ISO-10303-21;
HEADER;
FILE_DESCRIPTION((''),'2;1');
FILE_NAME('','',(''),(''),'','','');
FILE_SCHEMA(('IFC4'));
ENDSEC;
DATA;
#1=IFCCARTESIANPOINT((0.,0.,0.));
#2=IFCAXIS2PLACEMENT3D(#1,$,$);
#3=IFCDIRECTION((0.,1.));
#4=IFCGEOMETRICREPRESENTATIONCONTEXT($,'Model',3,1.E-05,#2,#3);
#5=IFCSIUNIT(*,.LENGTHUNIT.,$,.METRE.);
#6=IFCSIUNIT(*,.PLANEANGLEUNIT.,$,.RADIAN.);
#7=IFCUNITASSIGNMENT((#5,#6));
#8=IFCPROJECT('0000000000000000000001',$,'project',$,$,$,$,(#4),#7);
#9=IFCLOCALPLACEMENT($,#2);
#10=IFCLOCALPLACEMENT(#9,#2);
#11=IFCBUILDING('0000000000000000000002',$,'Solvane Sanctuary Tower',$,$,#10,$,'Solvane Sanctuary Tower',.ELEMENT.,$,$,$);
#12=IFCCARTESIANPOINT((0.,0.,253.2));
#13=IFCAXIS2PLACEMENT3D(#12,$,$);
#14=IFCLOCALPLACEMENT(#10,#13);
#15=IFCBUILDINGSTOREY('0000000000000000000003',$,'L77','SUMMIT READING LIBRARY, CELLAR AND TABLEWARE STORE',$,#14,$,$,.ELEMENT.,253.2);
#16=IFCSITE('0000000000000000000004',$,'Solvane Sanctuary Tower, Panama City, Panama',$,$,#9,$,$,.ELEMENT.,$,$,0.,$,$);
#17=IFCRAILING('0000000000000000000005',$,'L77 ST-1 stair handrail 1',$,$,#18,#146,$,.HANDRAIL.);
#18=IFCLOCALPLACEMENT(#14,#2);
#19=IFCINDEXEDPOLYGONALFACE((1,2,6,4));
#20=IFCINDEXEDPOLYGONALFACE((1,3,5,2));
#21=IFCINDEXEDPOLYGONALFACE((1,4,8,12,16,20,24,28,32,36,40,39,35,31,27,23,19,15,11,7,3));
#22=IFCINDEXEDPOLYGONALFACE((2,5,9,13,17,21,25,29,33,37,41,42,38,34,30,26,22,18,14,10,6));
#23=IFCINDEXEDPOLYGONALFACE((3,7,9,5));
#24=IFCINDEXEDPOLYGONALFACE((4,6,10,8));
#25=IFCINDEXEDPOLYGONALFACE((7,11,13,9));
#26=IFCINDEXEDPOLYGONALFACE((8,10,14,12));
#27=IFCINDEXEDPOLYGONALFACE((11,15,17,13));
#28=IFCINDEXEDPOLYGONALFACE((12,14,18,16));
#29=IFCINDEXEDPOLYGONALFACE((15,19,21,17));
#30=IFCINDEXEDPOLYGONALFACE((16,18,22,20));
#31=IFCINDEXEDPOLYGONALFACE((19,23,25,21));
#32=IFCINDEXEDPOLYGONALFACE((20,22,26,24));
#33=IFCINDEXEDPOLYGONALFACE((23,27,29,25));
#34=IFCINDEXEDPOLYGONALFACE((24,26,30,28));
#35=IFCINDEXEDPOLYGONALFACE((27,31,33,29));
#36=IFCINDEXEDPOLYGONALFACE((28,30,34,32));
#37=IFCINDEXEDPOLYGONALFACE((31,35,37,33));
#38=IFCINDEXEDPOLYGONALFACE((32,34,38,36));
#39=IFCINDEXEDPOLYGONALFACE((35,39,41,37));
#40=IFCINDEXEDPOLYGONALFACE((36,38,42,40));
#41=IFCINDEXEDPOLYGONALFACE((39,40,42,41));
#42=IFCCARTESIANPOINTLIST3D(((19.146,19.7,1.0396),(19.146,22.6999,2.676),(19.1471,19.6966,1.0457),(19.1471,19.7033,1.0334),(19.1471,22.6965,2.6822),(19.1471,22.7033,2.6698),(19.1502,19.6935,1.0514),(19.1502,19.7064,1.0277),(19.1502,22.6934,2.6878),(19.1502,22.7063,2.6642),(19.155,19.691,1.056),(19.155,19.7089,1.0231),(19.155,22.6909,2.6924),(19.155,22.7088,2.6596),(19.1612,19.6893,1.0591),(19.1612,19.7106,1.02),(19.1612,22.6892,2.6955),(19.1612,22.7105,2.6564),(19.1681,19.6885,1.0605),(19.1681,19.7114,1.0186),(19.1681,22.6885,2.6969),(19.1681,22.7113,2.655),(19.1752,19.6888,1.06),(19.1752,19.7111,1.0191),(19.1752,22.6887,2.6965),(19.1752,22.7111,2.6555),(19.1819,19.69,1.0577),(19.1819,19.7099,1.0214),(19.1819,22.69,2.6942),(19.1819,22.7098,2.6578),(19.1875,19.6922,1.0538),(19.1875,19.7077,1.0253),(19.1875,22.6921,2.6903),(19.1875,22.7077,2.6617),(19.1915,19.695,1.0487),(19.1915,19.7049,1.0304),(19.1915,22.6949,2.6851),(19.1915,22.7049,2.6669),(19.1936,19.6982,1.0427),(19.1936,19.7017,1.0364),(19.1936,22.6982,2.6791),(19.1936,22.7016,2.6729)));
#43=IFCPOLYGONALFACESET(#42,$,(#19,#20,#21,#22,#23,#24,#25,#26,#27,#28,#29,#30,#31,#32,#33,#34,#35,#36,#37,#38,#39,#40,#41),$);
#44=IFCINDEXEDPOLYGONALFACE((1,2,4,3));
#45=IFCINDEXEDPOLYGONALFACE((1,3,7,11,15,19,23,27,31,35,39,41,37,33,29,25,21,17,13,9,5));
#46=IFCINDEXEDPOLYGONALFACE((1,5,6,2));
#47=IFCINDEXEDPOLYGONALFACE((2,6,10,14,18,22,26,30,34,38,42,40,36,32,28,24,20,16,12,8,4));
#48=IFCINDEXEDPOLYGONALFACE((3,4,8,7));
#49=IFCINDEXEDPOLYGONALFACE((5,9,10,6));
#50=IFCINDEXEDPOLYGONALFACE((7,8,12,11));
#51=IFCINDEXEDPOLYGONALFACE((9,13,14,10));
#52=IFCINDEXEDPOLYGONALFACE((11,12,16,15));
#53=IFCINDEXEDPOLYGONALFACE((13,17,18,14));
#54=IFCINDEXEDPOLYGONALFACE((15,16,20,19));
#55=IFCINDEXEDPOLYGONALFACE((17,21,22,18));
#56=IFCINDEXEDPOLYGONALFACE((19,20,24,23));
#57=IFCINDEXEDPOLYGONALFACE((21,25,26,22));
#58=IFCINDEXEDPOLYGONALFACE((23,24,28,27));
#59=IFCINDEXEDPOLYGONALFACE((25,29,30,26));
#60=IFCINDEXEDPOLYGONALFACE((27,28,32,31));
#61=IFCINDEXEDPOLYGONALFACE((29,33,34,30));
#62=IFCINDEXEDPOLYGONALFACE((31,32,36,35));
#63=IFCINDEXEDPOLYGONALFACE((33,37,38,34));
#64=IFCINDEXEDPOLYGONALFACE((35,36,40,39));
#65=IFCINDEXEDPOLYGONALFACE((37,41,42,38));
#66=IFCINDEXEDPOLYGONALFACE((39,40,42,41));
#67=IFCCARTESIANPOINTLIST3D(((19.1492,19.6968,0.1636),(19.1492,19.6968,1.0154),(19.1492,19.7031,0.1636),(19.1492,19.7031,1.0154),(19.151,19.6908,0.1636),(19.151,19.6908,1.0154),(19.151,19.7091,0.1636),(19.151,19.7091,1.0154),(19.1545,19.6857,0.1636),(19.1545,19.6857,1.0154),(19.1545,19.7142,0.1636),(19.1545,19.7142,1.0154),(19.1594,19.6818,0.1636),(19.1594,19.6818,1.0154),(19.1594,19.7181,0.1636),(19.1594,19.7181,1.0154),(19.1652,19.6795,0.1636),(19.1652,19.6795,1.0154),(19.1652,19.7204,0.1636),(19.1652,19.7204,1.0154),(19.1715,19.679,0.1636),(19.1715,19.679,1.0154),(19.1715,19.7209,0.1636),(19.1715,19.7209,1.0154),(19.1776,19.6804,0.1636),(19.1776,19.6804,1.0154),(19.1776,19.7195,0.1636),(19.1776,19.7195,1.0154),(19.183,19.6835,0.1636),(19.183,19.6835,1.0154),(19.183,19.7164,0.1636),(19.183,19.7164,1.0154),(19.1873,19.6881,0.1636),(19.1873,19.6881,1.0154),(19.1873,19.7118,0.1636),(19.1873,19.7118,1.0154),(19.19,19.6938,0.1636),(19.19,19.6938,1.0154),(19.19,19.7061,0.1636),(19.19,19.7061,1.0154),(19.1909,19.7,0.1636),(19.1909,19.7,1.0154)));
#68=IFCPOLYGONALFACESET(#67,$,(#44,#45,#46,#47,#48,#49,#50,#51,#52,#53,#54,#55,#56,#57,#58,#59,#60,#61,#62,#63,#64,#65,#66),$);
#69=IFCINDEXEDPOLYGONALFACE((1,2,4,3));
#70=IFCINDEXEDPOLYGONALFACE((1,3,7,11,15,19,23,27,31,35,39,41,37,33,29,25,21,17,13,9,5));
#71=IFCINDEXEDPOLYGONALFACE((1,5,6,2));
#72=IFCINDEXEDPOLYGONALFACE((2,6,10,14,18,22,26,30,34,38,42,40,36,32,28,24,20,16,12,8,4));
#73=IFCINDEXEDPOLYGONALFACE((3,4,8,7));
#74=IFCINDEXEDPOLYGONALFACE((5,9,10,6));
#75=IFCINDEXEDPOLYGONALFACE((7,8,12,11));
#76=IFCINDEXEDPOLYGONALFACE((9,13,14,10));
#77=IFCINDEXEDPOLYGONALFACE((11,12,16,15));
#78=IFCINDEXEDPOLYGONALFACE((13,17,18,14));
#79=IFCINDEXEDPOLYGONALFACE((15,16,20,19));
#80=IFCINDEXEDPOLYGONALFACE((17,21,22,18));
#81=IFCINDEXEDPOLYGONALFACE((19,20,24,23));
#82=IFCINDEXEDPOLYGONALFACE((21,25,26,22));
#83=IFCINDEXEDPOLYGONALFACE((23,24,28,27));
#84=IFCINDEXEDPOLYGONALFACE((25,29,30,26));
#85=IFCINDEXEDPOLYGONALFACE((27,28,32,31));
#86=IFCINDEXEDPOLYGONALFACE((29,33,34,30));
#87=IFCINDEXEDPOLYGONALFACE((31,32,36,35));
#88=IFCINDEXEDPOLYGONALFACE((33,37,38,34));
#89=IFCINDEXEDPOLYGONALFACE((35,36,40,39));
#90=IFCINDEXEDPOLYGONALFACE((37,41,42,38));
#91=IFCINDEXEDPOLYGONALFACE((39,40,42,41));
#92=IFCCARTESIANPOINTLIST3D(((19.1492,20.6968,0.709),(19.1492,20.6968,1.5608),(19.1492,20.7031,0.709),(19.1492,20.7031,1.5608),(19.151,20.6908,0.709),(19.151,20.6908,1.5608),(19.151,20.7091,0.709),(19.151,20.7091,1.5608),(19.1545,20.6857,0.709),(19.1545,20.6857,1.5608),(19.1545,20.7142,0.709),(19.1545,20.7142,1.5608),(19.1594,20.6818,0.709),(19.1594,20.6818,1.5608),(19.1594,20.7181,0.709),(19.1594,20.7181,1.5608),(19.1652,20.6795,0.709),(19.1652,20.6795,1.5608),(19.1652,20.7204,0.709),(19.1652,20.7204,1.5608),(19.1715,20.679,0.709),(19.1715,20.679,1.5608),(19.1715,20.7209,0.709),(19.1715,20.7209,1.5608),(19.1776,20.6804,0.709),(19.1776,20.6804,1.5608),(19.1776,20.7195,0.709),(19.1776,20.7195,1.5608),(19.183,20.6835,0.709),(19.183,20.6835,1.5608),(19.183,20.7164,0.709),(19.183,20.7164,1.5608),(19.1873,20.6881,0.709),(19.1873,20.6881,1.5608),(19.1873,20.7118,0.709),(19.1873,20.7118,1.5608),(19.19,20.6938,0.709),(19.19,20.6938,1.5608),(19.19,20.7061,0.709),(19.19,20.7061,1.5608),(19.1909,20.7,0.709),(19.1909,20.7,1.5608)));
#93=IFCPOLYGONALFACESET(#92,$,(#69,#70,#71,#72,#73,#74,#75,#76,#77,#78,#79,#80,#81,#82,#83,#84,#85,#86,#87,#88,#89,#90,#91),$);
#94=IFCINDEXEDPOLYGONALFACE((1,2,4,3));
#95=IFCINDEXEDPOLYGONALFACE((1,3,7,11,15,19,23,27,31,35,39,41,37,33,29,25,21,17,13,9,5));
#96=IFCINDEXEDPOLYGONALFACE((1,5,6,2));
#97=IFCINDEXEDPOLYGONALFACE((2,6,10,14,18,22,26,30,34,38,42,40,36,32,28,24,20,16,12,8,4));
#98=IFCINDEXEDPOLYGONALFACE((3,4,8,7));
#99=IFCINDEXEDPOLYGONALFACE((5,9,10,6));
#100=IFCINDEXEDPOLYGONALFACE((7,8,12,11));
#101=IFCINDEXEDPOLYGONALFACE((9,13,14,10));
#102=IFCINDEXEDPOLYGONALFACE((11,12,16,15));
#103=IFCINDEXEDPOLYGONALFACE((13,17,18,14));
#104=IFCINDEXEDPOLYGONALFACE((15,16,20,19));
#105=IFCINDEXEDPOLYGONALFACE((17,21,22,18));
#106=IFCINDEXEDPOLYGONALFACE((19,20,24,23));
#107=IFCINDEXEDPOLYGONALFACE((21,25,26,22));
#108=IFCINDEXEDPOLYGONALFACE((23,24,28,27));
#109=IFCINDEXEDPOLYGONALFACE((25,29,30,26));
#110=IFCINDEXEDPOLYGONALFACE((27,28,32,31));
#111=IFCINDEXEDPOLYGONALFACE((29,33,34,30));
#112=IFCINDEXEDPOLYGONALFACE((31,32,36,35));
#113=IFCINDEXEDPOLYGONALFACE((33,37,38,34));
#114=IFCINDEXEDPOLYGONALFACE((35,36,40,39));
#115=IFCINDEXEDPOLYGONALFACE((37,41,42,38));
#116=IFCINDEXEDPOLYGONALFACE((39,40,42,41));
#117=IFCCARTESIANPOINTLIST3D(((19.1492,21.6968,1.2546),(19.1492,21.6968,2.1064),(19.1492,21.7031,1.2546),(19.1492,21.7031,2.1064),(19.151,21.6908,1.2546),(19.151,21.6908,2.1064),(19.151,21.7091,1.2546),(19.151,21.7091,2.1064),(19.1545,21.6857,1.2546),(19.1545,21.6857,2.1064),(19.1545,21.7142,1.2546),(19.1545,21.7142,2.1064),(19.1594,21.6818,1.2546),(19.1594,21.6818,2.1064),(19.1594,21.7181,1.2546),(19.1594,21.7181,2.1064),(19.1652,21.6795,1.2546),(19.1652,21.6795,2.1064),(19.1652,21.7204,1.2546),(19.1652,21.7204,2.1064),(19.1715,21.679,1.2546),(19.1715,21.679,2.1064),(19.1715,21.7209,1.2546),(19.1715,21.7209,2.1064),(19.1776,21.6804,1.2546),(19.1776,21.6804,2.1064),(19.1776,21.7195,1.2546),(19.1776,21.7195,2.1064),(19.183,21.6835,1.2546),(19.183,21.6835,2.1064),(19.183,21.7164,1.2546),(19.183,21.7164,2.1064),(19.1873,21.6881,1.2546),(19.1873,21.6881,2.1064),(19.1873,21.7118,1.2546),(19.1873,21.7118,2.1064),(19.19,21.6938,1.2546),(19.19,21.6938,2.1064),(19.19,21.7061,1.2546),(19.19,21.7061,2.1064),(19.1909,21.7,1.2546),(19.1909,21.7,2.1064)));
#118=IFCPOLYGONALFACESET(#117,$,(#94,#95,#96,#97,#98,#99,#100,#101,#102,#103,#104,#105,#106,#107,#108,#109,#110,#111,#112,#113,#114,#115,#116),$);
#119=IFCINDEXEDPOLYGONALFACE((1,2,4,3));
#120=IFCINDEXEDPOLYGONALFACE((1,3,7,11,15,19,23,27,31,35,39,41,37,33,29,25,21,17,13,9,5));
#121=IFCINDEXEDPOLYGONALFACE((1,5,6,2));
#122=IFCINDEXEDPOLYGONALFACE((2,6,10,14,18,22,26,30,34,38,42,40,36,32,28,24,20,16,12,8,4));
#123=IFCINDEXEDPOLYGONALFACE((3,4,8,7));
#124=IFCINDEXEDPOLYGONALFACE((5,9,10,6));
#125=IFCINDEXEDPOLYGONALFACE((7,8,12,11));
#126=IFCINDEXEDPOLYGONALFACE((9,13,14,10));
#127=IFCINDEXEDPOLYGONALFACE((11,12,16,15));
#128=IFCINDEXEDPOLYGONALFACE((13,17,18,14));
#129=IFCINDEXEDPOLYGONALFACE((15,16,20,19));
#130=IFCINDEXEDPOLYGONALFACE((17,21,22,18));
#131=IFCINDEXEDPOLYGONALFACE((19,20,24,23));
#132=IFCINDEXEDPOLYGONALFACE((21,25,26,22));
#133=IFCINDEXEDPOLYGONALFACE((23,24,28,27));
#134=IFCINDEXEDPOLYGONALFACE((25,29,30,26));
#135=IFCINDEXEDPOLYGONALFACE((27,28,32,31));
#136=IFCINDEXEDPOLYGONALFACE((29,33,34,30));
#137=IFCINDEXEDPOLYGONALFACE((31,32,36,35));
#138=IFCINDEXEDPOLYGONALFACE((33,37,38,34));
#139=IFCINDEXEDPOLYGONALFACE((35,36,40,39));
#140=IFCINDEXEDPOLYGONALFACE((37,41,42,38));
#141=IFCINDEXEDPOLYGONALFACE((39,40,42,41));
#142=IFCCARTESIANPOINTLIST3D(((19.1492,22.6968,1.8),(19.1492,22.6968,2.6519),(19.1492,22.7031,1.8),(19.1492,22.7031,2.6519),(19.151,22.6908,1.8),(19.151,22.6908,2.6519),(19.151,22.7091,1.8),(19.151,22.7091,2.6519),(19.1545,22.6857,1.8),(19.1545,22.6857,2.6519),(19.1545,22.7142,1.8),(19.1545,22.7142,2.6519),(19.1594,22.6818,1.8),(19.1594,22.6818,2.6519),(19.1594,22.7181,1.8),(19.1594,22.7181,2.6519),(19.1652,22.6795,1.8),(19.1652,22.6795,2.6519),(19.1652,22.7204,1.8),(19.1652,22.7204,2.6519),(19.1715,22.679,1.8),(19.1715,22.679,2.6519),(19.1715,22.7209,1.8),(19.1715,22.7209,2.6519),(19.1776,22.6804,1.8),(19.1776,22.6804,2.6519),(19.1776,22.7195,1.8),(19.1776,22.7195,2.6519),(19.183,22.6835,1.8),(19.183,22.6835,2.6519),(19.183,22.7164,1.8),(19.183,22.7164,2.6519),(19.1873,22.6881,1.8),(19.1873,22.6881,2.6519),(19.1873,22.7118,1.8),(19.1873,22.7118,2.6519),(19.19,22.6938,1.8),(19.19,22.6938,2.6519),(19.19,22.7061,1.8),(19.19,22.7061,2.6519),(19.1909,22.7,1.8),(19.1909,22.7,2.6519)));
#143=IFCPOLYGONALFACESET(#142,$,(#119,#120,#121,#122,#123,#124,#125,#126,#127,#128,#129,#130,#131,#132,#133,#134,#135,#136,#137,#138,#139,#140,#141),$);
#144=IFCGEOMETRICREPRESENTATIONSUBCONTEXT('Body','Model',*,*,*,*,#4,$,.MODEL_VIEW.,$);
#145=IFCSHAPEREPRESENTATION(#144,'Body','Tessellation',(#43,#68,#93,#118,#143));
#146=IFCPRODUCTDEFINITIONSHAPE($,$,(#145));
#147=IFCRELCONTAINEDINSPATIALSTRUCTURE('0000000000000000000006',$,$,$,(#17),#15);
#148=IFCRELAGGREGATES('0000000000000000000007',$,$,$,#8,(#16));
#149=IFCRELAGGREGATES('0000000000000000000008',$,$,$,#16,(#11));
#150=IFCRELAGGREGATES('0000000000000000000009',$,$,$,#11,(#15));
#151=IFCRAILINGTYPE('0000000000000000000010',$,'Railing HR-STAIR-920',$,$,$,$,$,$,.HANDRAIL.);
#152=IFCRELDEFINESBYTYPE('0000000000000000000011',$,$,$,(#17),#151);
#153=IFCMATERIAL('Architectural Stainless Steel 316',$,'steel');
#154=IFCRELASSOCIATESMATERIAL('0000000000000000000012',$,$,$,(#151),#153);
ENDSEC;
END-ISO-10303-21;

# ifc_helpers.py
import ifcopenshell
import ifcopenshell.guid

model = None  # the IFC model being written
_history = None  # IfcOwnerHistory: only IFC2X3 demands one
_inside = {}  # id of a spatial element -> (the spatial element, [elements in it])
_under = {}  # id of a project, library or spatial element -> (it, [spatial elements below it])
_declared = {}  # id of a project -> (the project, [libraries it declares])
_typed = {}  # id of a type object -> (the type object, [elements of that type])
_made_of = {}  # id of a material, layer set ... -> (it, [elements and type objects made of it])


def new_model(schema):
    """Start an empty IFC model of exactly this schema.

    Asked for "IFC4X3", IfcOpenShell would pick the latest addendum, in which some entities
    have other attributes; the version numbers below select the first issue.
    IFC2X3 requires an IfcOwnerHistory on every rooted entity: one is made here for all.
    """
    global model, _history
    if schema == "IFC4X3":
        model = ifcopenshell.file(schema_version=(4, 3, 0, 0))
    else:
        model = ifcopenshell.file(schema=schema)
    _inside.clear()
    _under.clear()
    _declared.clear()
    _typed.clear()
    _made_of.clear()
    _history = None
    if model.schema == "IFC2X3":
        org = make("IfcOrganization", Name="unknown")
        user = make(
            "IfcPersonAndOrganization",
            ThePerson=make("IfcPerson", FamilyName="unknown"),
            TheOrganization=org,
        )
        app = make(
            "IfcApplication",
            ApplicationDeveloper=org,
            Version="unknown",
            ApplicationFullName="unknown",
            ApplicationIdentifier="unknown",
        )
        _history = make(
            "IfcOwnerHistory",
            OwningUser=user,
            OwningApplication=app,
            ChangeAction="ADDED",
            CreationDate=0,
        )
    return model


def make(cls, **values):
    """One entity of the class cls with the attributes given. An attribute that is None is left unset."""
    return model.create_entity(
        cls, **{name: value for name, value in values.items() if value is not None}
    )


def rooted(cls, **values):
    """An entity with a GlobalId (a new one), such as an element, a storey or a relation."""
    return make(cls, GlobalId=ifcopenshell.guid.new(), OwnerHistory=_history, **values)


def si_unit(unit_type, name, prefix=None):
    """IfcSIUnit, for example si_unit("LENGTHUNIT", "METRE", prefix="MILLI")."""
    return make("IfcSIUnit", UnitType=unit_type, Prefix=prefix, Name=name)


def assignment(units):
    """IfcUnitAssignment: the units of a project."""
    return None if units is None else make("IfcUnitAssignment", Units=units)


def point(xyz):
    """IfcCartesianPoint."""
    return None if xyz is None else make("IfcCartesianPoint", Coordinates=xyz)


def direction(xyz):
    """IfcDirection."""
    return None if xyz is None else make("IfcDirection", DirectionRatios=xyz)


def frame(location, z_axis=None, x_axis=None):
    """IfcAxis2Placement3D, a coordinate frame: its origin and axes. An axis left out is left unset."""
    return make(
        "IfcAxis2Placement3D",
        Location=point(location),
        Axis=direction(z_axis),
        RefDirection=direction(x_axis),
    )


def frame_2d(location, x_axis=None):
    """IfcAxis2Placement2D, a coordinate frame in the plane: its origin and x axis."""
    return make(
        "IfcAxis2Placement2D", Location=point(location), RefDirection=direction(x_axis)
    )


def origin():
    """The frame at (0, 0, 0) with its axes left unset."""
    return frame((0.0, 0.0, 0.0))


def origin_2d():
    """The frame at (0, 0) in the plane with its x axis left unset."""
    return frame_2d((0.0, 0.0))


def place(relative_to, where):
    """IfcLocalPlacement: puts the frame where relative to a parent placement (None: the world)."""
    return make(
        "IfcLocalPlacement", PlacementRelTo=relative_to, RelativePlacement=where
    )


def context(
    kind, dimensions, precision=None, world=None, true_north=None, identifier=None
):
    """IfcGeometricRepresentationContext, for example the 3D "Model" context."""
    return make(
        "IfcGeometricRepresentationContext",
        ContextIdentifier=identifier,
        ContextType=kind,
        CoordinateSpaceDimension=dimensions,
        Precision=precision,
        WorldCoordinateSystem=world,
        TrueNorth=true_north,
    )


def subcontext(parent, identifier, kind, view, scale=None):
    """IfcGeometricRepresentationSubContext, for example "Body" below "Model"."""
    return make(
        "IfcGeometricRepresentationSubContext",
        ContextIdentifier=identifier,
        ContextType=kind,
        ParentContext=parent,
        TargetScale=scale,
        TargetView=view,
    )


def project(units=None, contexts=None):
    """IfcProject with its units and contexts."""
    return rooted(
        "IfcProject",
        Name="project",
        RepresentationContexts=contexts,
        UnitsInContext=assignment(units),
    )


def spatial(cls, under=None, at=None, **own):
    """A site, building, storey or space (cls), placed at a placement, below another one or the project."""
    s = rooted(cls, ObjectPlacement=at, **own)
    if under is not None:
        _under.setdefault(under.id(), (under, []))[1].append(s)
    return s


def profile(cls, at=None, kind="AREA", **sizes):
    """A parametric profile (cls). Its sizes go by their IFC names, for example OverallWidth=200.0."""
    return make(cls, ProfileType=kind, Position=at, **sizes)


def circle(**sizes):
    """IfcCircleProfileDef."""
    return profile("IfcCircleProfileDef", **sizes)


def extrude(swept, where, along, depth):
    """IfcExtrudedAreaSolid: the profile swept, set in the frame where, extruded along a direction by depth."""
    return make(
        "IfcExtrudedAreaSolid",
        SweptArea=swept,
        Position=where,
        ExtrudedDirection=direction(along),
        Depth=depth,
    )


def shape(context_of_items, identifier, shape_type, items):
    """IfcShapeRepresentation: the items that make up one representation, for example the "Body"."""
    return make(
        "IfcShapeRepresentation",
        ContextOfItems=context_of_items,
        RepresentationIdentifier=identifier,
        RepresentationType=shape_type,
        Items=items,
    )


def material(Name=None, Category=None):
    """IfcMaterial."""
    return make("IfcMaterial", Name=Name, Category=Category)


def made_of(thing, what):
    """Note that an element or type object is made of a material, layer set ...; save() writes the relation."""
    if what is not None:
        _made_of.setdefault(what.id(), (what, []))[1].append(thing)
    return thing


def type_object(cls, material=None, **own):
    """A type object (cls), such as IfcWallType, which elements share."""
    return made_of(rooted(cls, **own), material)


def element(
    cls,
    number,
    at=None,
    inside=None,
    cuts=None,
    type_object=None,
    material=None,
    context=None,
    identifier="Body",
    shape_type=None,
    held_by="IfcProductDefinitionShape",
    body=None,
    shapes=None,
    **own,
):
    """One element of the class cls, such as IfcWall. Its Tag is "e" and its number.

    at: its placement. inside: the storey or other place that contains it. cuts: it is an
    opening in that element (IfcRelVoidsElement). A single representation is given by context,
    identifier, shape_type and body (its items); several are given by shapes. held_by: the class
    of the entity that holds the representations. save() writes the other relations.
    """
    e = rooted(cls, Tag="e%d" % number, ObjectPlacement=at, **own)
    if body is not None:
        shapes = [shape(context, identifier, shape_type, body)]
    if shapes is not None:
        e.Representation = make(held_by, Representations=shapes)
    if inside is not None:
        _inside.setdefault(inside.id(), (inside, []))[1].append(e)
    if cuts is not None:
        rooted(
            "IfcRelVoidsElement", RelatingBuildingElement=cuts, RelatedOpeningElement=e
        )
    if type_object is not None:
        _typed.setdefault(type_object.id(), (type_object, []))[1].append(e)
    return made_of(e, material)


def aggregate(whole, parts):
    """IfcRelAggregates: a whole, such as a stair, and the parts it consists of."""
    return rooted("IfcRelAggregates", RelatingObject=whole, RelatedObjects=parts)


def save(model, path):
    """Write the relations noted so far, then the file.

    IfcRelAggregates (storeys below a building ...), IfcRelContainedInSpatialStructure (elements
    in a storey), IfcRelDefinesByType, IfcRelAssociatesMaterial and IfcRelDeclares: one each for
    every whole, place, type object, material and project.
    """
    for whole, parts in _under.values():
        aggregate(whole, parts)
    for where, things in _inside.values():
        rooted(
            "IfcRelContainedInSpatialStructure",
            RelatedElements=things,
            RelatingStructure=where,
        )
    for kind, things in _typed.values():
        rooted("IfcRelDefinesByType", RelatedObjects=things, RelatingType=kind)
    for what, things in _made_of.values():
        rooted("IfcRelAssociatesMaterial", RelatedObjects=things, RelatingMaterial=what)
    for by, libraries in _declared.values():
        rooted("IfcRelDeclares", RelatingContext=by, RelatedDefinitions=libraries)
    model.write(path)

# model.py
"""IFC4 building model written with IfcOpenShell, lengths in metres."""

from ifc_helpers import new_model, si_unit, direction, frame, origin, origin_2d, place, context, subcontext, project, spatial, circle, extrude, material, type_object, element, save


model = new_model("IFC4")

# Units and contexts
model_context = context("Model", 3, precision=1e-05, world=origin(), true_north=direction((0.0, 1.0)))
body_context = subcontext(model_context, "Body", "Model", "MODEL_VIEW")
ifc_project = project(units=[si_unit("LENGTHUNIT", "METRE"), si_unit("PLANEANGLEUNIT", "RADIAN")], contexts=[model_context])

# Site, building, storey
site_placement = place(None, origin())
site = spatial("IfcSite", under=ifc_project, at=site_placement, Name="Solvane Sanctuary Tower, Panama City, Panama", CompositionType="ELEMENT", RefElevation=0.0)
building_placement = place(site_placement, origin())
building = spatial("IfcBuilding", under=site, at=building_placement, Name="Solvane Sanctuary Tower", LongName="Solvane Sanctuary Tower", CompositionType="ELEMENT")
storey_placement = place(building_placement, frame((0.0, 0.0, 253.2)))
storey = spatial("IfcBuildingStorey", under=building, at=storey_placement, Name="L77", Description="SUMMIT READING LIBRARY, CELLAR AND TABLEWARE STORE", CompositionType="ELEMENT", Elevation=253.2)

# Shared definitions
ifc_material_1 = material(Name="Architectural Stainless Steel 316", Category="steel")

# Railing
railing_type_1 = type_object("IfcRailingType", Name="Railing HR-STAIR-920", PredefinedType="HANDRAIL", material=ifc_material_1)
railing_1_placement = place(storey_placement, frame((19.1699, 19.7, 0.1636)))
element("IfcRailing", 1, at=railing_1_placement, inside=storey, type_object=railing_type_1, Name="L77 ST-1 stair handrail 1", PredefinedType="HANDRAIL", context=body_context, shape_type="SweptSolid", body=[
    extrude(circle(Radius=0.0239, at=origin_2d()), frame((0.0, 0.0, 0.876), z_axis=(0.0, 0.877882, 0.478877), x_axis=(-1.0, 0.0, 0.0)), (0.0, 0.0, 1.0), 3.4172),
    extrude(circle(Radius=0.021, at=origin_2d()), origin(), (0.0, 0.0, 1.0), 0.8518),
    extrude(circle(Radius=0.021, at=origin_2d()), frame((0.0, 1.0, 0.5454)), (0.0, 0.0, 1.0), 0.8518),
    extrude(circle(Radius=0.021, at=origin_2d()), frame((0.0, 2.0, 1.0911)), (0.0, 0.0, 1.0), 0.8518),
    extrude(circle(Radius=0.021, at=origin_2d()), frame((0.0, 3.0, 1.6365)), (0.0, 0.0, 1.0), 0.8518),
])

save(model, "model.ifc")
